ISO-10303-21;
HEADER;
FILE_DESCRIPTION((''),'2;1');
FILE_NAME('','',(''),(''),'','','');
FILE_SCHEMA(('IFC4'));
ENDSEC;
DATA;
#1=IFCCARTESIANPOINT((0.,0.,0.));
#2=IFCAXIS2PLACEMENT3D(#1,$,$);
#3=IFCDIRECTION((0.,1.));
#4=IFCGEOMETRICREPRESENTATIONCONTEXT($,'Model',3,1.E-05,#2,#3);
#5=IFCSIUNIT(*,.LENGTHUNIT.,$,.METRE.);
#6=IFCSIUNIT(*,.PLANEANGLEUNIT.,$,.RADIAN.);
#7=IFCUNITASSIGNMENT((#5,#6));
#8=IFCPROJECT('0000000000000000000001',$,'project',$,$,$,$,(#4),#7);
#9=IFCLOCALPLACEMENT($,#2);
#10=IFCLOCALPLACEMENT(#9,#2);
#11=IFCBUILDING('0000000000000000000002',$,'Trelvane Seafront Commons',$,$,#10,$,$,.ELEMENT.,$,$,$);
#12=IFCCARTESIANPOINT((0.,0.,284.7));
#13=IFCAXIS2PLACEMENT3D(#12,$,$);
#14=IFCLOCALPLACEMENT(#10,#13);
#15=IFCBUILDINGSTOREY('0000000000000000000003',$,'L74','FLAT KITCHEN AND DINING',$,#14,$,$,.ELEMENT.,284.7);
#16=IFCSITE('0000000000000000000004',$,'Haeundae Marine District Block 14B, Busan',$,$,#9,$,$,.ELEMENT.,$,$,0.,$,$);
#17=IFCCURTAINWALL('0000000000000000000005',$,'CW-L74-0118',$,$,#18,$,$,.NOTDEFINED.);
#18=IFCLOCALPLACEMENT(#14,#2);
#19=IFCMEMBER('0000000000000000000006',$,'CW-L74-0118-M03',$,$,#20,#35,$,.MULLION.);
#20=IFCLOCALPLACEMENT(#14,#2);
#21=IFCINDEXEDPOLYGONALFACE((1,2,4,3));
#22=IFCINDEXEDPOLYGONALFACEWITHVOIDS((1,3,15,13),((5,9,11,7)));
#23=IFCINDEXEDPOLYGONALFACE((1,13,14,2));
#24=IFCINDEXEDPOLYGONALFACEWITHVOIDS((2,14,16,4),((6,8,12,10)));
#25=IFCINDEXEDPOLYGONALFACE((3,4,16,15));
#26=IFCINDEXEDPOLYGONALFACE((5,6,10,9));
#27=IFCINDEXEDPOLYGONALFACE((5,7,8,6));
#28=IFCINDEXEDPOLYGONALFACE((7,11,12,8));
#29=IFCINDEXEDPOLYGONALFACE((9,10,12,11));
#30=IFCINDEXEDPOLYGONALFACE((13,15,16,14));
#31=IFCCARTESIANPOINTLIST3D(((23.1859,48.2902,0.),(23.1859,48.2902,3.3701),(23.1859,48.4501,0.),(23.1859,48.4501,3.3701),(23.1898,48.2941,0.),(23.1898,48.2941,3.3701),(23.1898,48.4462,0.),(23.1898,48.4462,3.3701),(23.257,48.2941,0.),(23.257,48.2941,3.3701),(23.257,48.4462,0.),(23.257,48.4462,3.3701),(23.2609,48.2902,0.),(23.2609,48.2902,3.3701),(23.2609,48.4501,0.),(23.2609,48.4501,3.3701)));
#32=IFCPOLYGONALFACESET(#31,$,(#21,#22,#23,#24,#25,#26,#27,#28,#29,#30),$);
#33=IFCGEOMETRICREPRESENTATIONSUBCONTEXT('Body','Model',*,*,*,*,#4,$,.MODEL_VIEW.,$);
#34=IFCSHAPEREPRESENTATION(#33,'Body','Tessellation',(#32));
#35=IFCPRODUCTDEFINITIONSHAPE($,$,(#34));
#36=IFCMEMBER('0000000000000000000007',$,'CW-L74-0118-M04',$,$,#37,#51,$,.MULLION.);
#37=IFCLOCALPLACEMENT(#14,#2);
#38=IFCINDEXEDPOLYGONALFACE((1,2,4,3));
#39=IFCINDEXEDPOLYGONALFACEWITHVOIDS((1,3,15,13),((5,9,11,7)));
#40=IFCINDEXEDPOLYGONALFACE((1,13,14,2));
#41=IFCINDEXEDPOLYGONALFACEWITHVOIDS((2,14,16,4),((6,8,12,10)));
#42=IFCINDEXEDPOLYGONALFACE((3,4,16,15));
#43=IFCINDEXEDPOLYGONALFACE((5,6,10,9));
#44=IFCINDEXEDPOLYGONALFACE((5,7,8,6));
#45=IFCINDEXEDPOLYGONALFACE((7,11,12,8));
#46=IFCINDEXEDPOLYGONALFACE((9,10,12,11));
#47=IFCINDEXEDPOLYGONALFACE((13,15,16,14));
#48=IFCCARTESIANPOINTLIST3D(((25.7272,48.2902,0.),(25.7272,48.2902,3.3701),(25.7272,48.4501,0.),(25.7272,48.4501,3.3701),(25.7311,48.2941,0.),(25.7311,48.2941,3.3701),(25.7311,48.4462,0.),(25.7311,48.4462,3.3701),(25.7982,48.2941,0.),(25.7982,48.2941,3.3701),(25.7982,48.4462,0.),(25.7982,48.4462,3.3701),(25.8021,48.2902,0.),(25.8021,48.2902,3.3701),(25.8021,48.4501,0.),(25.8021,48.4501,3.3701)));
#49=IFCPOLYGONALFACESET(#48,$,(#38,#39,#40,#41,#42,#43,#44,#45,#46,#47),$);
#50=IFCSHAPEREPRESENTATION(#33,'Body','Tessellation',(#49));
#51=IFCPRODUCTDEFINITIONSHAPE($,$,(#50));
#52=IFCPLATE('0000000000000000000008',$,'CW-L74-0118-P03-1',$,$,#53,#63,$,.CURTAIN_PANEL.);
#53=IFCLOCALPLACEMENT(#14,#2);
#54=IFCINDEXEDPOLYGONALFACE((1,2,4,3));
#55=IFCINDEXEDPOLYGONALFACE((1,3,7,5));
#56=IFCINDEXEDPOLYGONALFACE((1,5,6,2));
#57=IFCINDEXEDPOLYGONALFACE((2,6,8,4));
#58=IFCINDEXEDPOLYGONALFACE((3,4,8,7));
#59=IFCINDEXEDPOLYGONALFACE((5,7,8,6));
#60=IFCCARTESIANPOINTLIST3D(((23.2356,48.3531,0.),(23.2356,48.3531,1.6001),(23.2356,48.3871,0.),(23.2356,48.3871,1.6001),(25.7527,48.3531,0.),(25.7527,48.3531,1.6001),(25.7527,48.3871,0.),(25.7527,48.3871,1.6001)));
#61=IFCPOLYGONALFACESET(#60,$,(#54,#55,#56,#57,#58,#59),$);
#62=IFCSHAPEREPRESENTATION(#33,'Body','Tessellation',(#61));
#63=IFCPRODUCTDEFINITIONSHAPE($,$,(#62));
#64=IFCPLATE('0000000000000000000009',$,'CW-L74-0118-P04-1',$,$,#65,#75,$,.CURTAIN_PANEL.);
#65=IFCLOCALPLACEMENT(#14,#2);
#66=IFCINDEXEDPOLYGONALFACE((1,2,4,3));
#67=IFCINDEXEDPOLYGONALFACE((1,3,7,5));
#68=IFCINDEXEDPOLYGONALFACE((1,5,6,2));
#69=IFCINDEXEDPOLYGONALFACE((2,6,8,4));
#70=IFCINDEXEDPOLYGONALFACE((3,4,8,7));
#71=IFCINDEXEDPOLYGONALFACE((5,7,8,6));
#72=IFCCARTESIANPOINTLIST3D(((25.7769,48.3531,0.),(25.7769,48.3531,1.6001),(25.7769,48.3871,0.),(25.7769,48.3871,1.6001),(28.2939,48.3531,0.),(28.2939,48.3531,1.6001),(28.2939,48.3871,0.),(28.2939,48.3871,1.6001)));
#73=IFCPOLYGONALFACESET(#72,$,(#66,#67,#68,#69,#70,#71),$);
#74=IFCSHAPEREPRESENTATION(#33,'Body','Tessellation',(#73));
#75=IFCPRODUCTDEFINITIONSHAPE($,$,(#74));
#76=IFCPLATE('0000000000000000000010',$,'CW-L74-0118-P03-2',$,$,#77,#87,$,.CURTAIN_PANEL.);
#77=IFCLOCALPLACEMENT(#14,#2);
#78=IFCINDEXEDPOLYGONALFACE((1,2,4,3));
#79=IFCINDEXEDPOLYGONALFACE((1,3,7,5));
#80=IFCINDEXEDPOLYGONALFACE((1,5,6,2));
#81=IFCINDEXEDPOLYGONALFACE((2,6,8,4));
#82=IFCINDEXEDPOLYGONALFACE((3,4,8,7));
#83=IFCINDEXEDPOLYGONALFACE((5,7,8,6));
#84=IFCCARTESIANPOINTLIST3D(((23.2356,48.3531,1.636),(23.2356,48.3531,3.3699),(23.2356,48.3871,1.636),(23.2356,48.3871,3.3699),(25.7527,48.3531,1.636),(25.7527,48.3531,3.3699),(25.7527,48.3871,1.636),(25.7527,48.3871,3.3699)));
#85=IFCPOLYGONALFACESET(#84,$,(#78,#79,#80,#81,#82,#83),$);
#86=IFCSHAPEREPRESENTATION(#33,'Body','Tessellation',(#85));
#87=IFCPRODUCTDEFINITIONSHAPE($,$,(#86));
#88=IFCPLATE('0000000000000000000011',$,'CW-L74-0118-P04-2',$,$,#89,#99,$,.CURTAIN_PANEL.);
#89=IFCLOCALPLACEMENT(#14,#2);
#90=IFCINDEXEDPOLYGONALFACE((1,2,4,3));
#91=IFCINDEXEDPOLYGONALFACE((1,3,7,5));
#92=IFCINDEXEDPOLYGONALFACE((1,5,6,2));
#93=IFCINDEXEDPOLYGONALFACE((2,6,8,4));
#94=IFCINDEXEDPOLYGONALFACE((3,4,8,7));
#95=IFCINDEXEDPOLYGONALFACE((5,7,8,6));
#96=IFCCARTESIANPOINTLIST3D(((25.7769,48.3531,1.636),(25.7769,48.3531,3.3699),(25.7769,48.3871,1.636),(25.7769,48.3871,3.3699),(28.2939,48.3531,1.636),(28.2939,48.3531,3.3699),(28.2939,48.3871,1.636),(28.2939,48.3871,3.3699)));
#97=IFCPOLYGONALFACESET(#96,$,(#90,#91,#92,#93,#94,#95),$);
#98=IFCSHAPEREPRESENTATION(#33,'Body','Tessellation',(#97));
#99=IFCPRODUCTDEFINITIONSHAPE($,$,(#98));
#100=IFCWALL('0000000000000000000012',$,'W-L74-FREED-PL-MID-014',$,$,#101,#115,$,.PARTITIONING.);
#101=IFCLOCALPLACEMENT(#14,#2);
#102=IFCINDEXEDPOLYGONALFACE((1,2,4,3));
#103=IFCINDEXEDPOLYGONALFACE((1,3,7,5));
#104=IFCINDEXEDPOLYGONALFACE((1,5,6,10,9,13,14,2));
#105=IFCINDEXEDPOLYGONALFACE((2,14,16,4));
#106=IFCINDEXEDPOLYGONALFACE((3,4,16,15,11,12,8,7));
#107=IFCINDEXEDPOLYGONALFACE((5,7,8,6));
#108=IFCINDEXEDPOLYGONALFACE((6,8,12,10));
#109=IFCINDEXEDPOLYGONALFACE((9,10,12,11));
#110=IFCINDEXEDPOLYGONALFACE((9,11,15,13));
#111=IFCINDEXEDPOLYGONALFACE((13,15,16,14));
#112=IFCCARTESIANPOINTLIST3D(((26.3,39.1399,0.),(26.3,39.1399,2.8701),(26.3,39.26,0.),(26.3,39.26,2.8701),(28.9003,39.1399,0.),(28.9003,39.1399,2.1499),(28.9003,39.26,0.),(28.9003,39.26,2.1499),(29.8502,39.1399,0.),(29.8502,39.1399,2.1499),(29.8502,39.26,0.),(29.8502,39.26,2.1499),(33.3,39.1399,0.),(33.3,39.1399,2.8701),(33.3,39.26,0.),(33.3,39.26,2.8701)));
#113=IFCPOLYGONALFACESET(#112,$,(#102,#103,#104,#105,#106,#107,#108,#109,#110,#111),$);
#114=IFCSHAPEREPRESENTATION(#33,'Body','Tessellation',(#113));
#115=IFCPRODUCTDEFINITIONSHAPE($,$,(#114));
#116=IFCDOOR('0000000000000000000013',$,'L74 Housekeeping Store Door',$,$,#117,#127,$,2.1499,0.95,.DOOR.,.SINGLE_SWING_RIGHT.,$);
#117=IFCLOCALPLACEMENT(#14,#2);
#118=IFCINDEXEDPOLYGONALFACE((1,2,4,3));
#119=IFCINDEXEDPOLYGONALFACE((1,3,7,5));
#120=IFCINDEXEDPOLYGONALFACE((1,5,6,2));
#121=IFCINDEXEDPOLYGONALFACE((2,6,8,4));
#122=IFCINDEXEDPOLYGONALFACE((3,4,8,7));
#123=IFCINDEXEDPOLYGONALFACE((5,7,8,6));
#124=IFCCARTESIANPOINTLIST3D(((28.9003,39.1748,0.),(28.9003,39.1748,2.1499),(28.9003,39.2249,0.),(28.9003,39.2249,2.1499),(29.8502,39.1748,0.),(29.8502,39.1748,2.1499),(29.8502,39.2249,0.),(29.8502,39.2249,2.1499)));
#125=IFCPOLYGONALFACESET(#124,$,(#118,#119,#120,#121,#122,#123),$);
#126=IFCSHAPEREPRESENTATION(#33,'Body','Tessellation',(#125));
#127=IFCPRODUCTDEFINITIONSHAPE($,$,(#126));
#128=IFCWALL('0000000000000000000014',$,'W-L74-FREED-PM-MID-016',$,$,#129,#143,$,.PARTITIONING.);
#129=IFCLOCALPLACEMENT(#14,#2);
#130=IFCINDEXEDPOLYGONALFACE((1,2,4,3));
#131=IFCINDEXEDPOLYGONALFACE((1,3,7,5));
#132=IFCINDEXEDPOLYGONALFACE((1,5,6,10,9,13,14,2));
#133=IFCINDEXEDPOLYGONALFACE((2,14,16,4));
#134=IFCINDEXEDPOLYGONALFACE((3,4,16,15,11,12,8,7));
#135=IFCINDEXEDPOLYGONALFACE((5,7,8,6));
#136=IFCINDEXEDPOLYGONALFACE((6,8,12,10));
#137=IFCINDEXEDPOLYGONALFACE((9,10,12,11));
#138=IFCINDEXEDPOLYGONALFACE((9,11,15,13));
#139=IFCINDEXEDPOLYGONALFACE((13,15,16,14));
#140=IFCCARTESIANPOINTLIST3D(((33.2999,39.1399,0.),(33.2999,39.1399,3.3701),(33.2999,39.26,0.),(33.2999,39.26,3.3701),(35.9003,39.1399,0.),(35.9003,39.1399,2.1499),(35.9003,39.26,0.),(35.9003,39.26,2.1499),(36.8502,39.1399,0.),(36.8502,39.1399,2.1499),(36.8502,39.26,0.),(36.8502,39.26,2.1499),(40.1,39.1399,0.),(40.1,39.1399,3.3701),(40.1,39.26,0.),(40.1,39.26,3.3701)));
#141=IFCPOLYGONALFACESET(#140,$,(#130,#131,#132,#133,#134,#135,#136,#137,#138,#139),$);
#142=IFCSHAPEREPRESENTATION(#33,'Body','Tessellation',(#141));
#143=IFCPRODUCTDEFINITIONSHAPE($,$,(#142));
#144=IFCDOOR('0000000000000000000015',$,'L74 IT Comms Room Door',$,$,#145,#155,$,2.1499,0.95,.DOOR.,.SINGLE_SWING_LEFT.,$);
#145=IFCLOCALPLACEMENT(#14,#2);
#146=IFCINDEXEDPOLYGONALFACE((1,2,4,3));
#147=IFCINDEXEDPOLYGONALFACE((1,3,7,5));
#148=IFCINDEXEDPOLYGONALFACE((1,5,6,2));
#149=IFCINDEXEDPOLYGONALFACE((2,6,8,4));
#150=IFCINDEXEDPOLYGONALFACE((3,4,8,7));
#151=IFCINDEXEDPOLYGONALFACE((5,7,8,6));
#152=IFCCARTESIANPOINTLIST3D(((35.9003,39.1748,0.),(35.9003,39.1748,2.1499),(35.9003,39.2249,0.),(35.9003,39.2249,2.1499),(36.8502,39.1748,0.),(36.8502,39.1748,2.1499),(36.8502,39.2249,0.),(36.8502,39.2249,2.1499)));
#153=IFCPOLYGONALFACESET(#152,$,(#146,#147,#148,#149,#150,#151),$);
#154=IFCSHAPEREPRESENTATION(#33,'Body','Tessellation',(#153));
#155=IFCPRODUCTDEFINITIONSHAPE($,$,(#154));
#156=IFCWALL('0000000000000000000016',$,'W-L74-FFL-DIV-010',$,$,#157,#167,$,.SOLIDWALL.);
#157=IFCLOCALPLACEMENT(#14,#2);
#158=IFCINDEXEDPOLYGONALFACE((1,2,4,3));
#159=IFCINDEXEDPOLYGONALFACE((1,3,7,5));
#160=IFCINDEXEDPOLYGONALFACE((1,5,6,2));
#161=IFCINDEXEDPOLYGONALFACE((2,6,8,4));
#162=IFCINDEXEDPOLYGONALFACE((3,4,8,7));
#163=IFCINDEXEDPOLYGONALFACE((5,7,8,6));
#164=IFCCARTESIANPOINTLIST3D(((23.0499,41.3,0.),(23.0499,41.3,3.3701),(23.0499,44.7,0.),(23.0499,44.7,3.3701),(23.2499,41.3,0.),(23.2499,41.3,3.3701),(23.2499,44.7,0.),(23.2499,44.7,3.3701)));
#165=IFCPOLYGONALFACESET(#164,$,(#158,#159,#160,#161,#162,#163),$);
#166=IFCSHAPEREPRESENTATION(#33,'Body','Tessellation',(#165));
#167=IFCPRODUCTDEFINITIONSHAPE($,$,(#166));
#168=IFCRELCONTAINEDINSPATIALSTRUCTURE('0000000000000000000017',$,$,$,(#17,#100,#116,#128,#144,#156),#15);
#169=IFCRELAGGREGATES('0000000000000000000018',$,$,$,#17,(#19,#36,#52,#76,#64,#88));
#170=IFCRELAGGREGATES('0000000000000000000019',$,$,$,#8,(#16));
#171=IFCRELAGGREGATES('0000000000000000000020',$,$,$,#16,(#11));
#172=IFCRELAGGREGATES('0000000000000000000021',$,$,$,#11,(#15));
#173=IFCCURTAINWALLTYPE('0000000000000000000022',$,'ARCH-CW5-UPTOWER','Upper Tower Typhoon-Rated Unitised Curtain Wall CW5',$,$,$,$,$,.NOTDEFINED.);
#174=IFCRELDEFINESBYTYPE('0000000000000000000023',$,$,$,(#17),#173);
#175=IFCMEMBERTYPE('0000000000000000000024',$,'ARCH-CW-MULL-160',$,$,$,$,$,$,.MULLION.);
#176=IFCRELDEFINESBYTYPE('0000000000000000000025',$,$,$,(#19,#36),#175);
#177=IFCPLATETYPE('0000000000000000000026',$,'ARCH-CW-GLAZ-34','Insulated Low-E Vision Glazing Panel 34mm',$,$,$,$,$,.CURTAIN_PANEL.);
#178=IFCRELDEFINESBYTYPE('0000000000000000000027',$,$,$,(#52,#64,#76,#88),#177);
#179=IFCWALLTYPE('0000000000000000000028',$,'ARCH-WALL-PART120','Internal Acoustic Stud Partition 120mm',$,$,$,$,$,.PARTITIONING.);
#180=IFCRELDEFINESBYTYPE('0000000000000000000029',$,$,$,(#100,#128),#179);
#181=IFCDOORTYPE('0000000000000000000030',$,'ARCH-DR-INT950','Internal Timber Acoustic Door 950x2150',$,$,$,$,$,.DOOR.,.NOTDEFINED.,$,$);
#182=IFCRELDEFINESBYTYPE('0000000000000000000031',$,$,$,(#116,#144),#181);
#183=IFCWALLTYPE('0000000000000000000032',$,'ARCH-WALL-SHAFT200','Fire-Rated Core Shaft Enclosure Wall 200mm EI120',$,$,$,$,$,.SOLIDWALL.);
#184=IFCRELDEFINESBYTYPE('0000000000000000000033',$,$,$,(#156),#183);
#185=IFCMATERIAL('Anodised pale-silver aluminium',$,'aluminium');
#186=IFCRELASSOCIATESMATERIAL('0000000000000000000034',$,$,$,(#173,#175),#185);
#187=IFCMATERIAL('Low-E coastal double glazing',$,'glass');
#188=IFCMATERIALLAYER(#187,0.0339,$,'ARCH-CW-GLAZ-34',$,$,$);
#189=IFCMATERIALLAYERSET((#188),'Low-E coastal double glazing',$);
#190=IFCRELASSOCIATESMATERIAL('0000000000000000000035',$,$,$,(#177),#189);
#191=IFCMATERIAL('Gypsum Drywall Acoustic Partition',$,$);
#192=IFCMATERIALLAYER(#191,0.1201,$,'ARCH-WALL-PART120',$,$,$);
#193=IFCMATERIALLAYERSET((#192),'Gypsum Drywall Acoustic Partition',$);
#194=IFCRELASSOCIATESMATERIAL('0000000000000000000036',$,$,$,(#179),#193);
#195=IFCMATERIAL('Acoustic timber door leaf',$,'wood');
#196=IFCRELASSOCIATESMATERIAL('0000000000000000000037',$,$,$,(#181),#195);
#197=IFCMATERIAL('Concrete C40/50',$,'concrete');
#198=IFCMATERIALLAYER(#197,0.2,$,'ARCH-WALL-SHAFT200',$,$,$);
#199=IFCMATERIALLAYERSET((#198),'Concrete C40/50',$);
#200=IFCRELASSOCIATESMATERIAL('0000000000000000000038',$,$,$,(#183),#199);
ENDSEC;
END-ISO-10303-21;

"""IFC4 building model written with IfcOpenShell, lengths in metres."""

from ifc_helpers import new_model, si_unit, direction, frame, frame_2d, origin, origin_2d, place, context, subcontext, project, spatial, rectangle, hollow_rectangle, extrude, source, transform, mapped, material, layer, layer_set, material_profile, profile_set, type_object, element, fill, aggregate, save


model = new_model("IFC4")

# Units and contexts
model_context = context("Model", 3, precision=1e-05, world=origin(), true_north=direction((0.0, 1.0)))
body_context = subcontext(model_context, "Body", "Model", "MODEL_VIEW")
ifc_project = project(units=[si_unit("LENGTHUNIT", "METRE"), si_unit("PLANEANGLEUNIT", "RADIAN")], contexts=[model_context])

# Site, building, storey
site_placement = place(None, origin())
site = spatial("IfcSite", under=ifc_project, at=site_placement, Name="Haeundae Marine District Block 14B, Busan", CompositionType="ELEMENT", RefElevation=0.0)
building_placement = place(site_placement, origin())
building = spatial("IfcBuilding", under=site, at=building_placement, Name="Trelvane Seafront Commons", CompositionType="ELEMENT")
storey_placement = place(building_placement, frame((0.0, 0.0, 284.7)))
storey = spatial("IfcBuildingStorey", under=building, at=storey_placement, Name="L74", Description="FLAT KITCHEN AND DINING", CompositionType="ELEMENT", Elevation=284.7)

# Curtain wall, members, plates
ifc_material_1 = material(Name="Anodised pale-silver aluminium", Category="aluminium")
curtain_wall_type = type_object("IfcCurtainWallType", Name="ARCH-CW5-UPTOWER", Description="Upper Tower Typhoon-Rated Unitised Curtain Wall CW5", PredefinedType="NOTDEFINED", material=ifc_material_1)
curtain_wall_placement = place(storey_placement, origin())
curtain_wall = element("IfcCurtainWall", 1, at=curtain_wall_placement, inside=storey, type_object=curtain_wall_type, Name="CW-L74-0118", PredefinedType="NOTDEFINED")
ifc_material_profile_1 = material_profile(ifc_material_1, hollow_rectangle(XDim=0.075, YDim=0.1599, WallThickness=0.0039, at=origin_2d()), Name="MULL-75x160x4")
ifc_profile_set_1 = profile_set([ifc_material_profile_1], Name="Anodised pale-silver aluminium")
member_type_1 = type_object("IfcMemberType", Name="ARCH-CW-MULL-160", PredefinedType="MULLION", material=ifc_profile_set_1)
shared_shape_1 = source(origin(), body_context, "Body", "SweptSolid", [
    extrude(hollow_rectangle(XDim=0.075, YDim=0.1599, WallThickness=0.0039, at=origin_2d()), origin(), (0.0, 0.0, 1.0), 3.3701),
])
member_1_placement = place(storey_placement, frame((23.2234, 48.3701, 0.0), z_axis=(0.0, 0.0, 1.0), x_axis=(1.0, 0.0, 0.0)))
member_1 = element("IfcMember", 2, at=member_1_placement, type_object=member_type_1, Name="CW-L74-0118-M03", PredefinedType="MULLION", context=body_context, shape_type="MappedRepresentation", body=[
    mapped(shared_shape_1, transform((0.0, 0.0, 0.0), x_axis=(1.0, 0.0, 0.0), y_axis=(0.0, 1.0, 0.0), z_axis=(0.0, 0.0, 1.0), scale=1.0)),
])
member_2_placement = place(storey_placement, frame((25.7646, 48.3701, 0.0), z_axis=(0.0, 0.0, 1.0), x_axis=(1.0, 0.0, 0.0)))
member_2 = element("IfcMember", 3, at=member_2_placement, type_object=member_type_1, Name="CW-L74-0118-M04", PredefinedType="MULLION", context=body_context, shape_type="MappedRepresentation", body=[
    mapped(shared_shape_1, transform((0.0, 0.0, 0.0), x_axis=(1.0, 0.0, 0.0), y_axis=(0.0, 1.0, 0.0), z_axis=(0.0, 0.0, 1.0), scale=1.0)),
])
ifc_material_2 = material(Name="Low-E coastal double glazing", Category="glass")
ifc_layer_1 = layer(ifc_material_2, 0.0339, Name="ARCH-CW-GLAZ-34")
ifc_layer_set_1 = layer_set([ifc_layer_1], Name="Low-E coastal double glazing")
plate_type = type_object("IfcPlateType", Name="ARCH-CW-GLAZ-34", Description="Insulated Low-E Vision Glazing Panel 34mm", PredefinedType="CURTAIN_PANEL", material=ifc_layer_set_1)
shared_shape_2 = source(origin(), body_context, "Body", "SweptSolid", [
    extrude(rectangle(XDim=2.5171, YDim=0.0339, at=origin_2d()), origin(), (0.0, 0.0, 1.0), 1.6001),
])
plate_1_placement = place(storey_placement, frame((24.4941, 48.3701, 0.0), z_axis=(0.0, 0.0, 1.0), x_axis=(1.0, 0.0, 0.0)))
plate_1 = element("IfcPlate", 4, at=plate_1_placement, type_object=plate_type, Name="CW-L74-0118-P03-1", PredefinedType="CURTAIN_PANEL", context=body_context, shape_type="MappedRepresentation", body=[
    mapped(shared_shape_2, transform((0.0, 0.0, 0.0), x_axis=(1.0, 0.0, 0.0), y_axis=(0.0, 1.0, 0.0), z_axis=(0.0, 0.0, 1.0), scale=1.0)),
])
plate_2_placement = place(storey_placement, frame((27.0354, 48.3701, 0.0), z_axis=(0.0, 0.0, 1.0), x_axis=(1.0, 0.0, 0.0)))
plate_2 = element("IfcPlate", 5, at=plate_2_placement, type_object=plate_type, Name="CW-L74-0118-P04-1", PredefinedType="CURTAIN_PANEL", context=body_context, shape_type="MappedRepresentation", body=[
    mapped(shared_shape_2, transform((0.0, 0.0, 0.0), x_axis=(1.0, 0.0, 0.0), y_axis=(0.0, 1.0, 0.0), z_axis=(0.0, 0.0, 1.0), scale=1.0)),
])
shared_shape_3 = source(origin(), body_context, "Body", "SweptSolid", [
    extrude(rectangle(XDim=2.5171, YDim=0.0339, at=origin_2d()), origin(), (0.0, 0.0, 1.0), 1.7339),
])
plate_3_placement = place(storey_placement, frame((24.4941, 48.3701, 1.636), z_axis=(0.0, 0.0, 1.0), x_axis=(1.0, 0.0, 0.0)))
plate_3 = element("IfcPlate", 6, at=plate_3_placement, type_object=plate_type, Name="CW-L74-0118-P03-2", PredefinedType="CURTAIN_PANEL", context=body_context, shape_type="MappedRepresentation", body=[
    mapped(shared_shape_3, transform((0.0, 0.0, 0.0), x_axis=(1.0, 0.0, 0.0), y_axis=(0.0, 1.0, 0.0), z_axis=(0.0, 0.0, 1.0), scale=1.0)),
])
plate_4_placement = place(storey_placement, frame((27.0354, 48.3701, 1.636), z_axis=(0.0, 0.0, 1.0), x_axis=(1.0, 0.0, 0.0)))
plate_4 = element("IfcPlate", 7, at=plate_4_placement, type_object=plate_type, Name="CW-L74-0118-P04-2", PredefinedType="CURTAIN_PANEL", context=body_context, shape_type="MappedRepresentation", body=[
    mapped(shared_shape_3, transform((0.0, 0.0, 0.0), x_axis=(1.0, 0.0, 0.0), y_axis=(0.0, 1.0, 0.0), z_axis=(0.0, 0.0, 1.0), scale=1.0)),
])
aggregate(curtain_wall, [member_1, member_2, plate_1, plate_3, plate_2, plate_4])

# Walls, openings, doors
ifc_material_3 = material(Name="Concrete C40/50", Category="concrete")
ifc_material_4 = material(Name="Gypsum Drywall Acoustic Partition")
ifc_layer_2 = layer(ifc_material_4, 0.1201, Name="ARCH-WALL-PART120")
ifc_layer_set_2 = layer_set([ifc_layer_2], Name="Gypsum Drywall Acoustic Partition")
wall_type_1 = type_object("IfcWallType", Name="ARCH-WALL-PART120", Description="Internal Acoustic Stud Partition 120mm", PredefinedType="PARTITIONING", material=ifc_layer_set_2)
wall_1_placement = place(storey_placement, frame((26.3, 39.2, 0.0), z_axis=(0.0, 0.0, 1.0), x_axis=(1.0, 0.0, 0.0)))
wall_1 = element("IfcWall", 8, at=wall_1_placement, inside=storey, type_object=wall_type_1, Name="W-L74-FREED-PL-MID-014", PredefinedType="PARTITIONING", context=body_context, shape_type="SweptSolid", body=[
    extrude(rectangle(XDim=7.0, YDim=0.1201, at=frame_2d((3.5, 0.0))), origin(), (0.0, 0.0, 1.0), 2.8701),
])
opening_1_placement = place(wall_1_placement, frame((2.6001, 0.0, 0.0)))
opening_1 = element("IfcOpeningElement", 9, at=opening_1_placement, cuts=wall_1, PredefinedType="OPENING", context=body_context, shape_type="SweptSolid", body=[
    extrude(rectangle(XDim=0.95, YDim=2.1499, at=frame_2d((0.4751, 1.075))), frame((0.0, 0.0701, 0.0), z_axis=(0.0, -1.0, 0.0), x_axis=(1.0, 0.0, 0.0)), (0.0, 0.0, 1.0), 0.1401),
])
ifc_material_5 = material(Name="Acoustic timber door leaf", Category="wood")
door_type_1 = type_object("IfcDoorType", Name="ARCH-DR-INT950", Description="Internal Timber Acoustic Door 950x2150", OperationType="NOTDEFINED", PredefinedType="DOOR", material=ifc_material_5)
shared_shape_4 = source(origin(), body_context, "Body", "SweptSolid", [
    extrude(rectangle(XDim=0.95, YDim=2.1499, at=frame_2d((0.4751, 1.075))), frame((0.0, 0.0249, 0.0), z_axis=(0.0, -1.0, 0.0), x_axis=(1.0, 0.0, 0.0)), (0.0, 0.0, 1.0), 0.05),
])
door_1_placement = place(opening_1_placement, origin())
door_1 = element("IfcDoor", 10, at=door_1_placement, inside=storey, type_object=door_type_1, Name="L74 Housekeeping Store Door", OperationType="SINGLE_SWING_RIGHT", OverallHeight=2.1499, OverallWidth=0.95, PredefinedType="DOOR", context=body_context, shape_type="MappedRepresentation", body=[
    mapped(shared_shape_4, transform((0.0, 0.0, 0.0), x_axis=(1.0, 0.0, 0.0), y_axis=(0.0, 1.0, 0.0), z_axis=(0.0, 0.0, 1.0), scale=1.0)),
])
fill(opening_1, door_1)
wall_2_placement = place(storey_placement, frame((33.3, 39.2, 0.0), z_axis=(0.0, 0.0, 1.0), x_axis=(1.0, 0.0, 0.0)))
wall_2 = element("IfcWall", 11, at=wall_2_placement, inside=storey, type_object=wall_type_1, Name="W-L74-FREED-PM-MID-016", PredefinedType="PARTITIONING", context=body_context, shape_type="SweptSolid", body=[
    extrude(rectangle(XDim=6.8, YDim=0.1201, at=frame_2d((3.3999, 0.0))), origin(), (0.0, 0.0, 1.0), 3.3701),
])
opening_2_placement = place(wall_2_placement, frame((2.6001, 0.0, 0.0)))
opening_2 = element("IfcOpeningElement", 12, at=opening_2_placement, cuts=wall_2, PredefinedType="OPENING", context=body_context, shape_type="SweptSolid", body=[
    extrude(rectangle(XDim=0.95, YDim=2.1499, at=frame_2d((0.4751, 1.075))), frame((0.0, 0.0701, 0.0), z_axis=(0.0, -1.0, 0.0), x_axis=(1.0, 0.0, 0.0)), (0.0, 0.0, 1.0), 0.1401),
])
door_2_placement = place(opening_2_placement, origin())
door_2 = element("IfcDoor", 13, at=door_2_placement, inside=storey, type_object=door_type_1, Name="L74 IT Comms Room Door", OperationType="SINGLE_SWING_LEFT", OverallHeight=2.1499, OverallWidth=0.95, PredefinedType="DOOR", context=body_context, shape_type="MappedRepresentation", body=[
    mapped(shared_shape_4, transform((0.0, 0.0, 0.0), x_axis=(1.0, 0.0, 0.0), y_axis=(0.0, 1.0, 0.0), z_axis=(0.0, 0.0, 1.0), scale=1.0)),
])
fill(opening_2, door_2)

# Wall
ifc_layer_3 = layer(ifc_material_3, 0.2, Name="ARCH-WALL-SHAFT200")
ifc_layer_set_3 = layer_set([ifc_layer_3], Name="Concrete C40/50")
wall_type_2 = type_object("IfcWallType", Name="ARCH-WALL-SHAFT200", Description="Fire-Rated Core Shaft Enclosure Wall 200mm EI120", PredefinedType="SOLIDWALL", material=ifc_layer_set_3)
for number, where, z_axis, x_axis, name in (
    (14, (23.1499, 41.3, 0.0), (0.0, 0.0, 1.0), (0.0, 1.0, 0.0), "W-L74-FFL-DIV-010"),
):
    element("IfcWall", number, at=place(storey_placement, frame(where, z_axis=z_axis, x_axis=x_axis)), inside=storey, type_object=wall_type_2, Name=name, PredefinedType="SOLIDWALL", context=body_context, shape_type="SweptSolid", body=[
        extrude(rectangle(XDim=3.3999, YDim=0.2, at=frame_2d((1.7, 0.0))), origin(), (0.0, 0.0, 1.0), 3.3701),
    ])

save(model, "model.ifc")
